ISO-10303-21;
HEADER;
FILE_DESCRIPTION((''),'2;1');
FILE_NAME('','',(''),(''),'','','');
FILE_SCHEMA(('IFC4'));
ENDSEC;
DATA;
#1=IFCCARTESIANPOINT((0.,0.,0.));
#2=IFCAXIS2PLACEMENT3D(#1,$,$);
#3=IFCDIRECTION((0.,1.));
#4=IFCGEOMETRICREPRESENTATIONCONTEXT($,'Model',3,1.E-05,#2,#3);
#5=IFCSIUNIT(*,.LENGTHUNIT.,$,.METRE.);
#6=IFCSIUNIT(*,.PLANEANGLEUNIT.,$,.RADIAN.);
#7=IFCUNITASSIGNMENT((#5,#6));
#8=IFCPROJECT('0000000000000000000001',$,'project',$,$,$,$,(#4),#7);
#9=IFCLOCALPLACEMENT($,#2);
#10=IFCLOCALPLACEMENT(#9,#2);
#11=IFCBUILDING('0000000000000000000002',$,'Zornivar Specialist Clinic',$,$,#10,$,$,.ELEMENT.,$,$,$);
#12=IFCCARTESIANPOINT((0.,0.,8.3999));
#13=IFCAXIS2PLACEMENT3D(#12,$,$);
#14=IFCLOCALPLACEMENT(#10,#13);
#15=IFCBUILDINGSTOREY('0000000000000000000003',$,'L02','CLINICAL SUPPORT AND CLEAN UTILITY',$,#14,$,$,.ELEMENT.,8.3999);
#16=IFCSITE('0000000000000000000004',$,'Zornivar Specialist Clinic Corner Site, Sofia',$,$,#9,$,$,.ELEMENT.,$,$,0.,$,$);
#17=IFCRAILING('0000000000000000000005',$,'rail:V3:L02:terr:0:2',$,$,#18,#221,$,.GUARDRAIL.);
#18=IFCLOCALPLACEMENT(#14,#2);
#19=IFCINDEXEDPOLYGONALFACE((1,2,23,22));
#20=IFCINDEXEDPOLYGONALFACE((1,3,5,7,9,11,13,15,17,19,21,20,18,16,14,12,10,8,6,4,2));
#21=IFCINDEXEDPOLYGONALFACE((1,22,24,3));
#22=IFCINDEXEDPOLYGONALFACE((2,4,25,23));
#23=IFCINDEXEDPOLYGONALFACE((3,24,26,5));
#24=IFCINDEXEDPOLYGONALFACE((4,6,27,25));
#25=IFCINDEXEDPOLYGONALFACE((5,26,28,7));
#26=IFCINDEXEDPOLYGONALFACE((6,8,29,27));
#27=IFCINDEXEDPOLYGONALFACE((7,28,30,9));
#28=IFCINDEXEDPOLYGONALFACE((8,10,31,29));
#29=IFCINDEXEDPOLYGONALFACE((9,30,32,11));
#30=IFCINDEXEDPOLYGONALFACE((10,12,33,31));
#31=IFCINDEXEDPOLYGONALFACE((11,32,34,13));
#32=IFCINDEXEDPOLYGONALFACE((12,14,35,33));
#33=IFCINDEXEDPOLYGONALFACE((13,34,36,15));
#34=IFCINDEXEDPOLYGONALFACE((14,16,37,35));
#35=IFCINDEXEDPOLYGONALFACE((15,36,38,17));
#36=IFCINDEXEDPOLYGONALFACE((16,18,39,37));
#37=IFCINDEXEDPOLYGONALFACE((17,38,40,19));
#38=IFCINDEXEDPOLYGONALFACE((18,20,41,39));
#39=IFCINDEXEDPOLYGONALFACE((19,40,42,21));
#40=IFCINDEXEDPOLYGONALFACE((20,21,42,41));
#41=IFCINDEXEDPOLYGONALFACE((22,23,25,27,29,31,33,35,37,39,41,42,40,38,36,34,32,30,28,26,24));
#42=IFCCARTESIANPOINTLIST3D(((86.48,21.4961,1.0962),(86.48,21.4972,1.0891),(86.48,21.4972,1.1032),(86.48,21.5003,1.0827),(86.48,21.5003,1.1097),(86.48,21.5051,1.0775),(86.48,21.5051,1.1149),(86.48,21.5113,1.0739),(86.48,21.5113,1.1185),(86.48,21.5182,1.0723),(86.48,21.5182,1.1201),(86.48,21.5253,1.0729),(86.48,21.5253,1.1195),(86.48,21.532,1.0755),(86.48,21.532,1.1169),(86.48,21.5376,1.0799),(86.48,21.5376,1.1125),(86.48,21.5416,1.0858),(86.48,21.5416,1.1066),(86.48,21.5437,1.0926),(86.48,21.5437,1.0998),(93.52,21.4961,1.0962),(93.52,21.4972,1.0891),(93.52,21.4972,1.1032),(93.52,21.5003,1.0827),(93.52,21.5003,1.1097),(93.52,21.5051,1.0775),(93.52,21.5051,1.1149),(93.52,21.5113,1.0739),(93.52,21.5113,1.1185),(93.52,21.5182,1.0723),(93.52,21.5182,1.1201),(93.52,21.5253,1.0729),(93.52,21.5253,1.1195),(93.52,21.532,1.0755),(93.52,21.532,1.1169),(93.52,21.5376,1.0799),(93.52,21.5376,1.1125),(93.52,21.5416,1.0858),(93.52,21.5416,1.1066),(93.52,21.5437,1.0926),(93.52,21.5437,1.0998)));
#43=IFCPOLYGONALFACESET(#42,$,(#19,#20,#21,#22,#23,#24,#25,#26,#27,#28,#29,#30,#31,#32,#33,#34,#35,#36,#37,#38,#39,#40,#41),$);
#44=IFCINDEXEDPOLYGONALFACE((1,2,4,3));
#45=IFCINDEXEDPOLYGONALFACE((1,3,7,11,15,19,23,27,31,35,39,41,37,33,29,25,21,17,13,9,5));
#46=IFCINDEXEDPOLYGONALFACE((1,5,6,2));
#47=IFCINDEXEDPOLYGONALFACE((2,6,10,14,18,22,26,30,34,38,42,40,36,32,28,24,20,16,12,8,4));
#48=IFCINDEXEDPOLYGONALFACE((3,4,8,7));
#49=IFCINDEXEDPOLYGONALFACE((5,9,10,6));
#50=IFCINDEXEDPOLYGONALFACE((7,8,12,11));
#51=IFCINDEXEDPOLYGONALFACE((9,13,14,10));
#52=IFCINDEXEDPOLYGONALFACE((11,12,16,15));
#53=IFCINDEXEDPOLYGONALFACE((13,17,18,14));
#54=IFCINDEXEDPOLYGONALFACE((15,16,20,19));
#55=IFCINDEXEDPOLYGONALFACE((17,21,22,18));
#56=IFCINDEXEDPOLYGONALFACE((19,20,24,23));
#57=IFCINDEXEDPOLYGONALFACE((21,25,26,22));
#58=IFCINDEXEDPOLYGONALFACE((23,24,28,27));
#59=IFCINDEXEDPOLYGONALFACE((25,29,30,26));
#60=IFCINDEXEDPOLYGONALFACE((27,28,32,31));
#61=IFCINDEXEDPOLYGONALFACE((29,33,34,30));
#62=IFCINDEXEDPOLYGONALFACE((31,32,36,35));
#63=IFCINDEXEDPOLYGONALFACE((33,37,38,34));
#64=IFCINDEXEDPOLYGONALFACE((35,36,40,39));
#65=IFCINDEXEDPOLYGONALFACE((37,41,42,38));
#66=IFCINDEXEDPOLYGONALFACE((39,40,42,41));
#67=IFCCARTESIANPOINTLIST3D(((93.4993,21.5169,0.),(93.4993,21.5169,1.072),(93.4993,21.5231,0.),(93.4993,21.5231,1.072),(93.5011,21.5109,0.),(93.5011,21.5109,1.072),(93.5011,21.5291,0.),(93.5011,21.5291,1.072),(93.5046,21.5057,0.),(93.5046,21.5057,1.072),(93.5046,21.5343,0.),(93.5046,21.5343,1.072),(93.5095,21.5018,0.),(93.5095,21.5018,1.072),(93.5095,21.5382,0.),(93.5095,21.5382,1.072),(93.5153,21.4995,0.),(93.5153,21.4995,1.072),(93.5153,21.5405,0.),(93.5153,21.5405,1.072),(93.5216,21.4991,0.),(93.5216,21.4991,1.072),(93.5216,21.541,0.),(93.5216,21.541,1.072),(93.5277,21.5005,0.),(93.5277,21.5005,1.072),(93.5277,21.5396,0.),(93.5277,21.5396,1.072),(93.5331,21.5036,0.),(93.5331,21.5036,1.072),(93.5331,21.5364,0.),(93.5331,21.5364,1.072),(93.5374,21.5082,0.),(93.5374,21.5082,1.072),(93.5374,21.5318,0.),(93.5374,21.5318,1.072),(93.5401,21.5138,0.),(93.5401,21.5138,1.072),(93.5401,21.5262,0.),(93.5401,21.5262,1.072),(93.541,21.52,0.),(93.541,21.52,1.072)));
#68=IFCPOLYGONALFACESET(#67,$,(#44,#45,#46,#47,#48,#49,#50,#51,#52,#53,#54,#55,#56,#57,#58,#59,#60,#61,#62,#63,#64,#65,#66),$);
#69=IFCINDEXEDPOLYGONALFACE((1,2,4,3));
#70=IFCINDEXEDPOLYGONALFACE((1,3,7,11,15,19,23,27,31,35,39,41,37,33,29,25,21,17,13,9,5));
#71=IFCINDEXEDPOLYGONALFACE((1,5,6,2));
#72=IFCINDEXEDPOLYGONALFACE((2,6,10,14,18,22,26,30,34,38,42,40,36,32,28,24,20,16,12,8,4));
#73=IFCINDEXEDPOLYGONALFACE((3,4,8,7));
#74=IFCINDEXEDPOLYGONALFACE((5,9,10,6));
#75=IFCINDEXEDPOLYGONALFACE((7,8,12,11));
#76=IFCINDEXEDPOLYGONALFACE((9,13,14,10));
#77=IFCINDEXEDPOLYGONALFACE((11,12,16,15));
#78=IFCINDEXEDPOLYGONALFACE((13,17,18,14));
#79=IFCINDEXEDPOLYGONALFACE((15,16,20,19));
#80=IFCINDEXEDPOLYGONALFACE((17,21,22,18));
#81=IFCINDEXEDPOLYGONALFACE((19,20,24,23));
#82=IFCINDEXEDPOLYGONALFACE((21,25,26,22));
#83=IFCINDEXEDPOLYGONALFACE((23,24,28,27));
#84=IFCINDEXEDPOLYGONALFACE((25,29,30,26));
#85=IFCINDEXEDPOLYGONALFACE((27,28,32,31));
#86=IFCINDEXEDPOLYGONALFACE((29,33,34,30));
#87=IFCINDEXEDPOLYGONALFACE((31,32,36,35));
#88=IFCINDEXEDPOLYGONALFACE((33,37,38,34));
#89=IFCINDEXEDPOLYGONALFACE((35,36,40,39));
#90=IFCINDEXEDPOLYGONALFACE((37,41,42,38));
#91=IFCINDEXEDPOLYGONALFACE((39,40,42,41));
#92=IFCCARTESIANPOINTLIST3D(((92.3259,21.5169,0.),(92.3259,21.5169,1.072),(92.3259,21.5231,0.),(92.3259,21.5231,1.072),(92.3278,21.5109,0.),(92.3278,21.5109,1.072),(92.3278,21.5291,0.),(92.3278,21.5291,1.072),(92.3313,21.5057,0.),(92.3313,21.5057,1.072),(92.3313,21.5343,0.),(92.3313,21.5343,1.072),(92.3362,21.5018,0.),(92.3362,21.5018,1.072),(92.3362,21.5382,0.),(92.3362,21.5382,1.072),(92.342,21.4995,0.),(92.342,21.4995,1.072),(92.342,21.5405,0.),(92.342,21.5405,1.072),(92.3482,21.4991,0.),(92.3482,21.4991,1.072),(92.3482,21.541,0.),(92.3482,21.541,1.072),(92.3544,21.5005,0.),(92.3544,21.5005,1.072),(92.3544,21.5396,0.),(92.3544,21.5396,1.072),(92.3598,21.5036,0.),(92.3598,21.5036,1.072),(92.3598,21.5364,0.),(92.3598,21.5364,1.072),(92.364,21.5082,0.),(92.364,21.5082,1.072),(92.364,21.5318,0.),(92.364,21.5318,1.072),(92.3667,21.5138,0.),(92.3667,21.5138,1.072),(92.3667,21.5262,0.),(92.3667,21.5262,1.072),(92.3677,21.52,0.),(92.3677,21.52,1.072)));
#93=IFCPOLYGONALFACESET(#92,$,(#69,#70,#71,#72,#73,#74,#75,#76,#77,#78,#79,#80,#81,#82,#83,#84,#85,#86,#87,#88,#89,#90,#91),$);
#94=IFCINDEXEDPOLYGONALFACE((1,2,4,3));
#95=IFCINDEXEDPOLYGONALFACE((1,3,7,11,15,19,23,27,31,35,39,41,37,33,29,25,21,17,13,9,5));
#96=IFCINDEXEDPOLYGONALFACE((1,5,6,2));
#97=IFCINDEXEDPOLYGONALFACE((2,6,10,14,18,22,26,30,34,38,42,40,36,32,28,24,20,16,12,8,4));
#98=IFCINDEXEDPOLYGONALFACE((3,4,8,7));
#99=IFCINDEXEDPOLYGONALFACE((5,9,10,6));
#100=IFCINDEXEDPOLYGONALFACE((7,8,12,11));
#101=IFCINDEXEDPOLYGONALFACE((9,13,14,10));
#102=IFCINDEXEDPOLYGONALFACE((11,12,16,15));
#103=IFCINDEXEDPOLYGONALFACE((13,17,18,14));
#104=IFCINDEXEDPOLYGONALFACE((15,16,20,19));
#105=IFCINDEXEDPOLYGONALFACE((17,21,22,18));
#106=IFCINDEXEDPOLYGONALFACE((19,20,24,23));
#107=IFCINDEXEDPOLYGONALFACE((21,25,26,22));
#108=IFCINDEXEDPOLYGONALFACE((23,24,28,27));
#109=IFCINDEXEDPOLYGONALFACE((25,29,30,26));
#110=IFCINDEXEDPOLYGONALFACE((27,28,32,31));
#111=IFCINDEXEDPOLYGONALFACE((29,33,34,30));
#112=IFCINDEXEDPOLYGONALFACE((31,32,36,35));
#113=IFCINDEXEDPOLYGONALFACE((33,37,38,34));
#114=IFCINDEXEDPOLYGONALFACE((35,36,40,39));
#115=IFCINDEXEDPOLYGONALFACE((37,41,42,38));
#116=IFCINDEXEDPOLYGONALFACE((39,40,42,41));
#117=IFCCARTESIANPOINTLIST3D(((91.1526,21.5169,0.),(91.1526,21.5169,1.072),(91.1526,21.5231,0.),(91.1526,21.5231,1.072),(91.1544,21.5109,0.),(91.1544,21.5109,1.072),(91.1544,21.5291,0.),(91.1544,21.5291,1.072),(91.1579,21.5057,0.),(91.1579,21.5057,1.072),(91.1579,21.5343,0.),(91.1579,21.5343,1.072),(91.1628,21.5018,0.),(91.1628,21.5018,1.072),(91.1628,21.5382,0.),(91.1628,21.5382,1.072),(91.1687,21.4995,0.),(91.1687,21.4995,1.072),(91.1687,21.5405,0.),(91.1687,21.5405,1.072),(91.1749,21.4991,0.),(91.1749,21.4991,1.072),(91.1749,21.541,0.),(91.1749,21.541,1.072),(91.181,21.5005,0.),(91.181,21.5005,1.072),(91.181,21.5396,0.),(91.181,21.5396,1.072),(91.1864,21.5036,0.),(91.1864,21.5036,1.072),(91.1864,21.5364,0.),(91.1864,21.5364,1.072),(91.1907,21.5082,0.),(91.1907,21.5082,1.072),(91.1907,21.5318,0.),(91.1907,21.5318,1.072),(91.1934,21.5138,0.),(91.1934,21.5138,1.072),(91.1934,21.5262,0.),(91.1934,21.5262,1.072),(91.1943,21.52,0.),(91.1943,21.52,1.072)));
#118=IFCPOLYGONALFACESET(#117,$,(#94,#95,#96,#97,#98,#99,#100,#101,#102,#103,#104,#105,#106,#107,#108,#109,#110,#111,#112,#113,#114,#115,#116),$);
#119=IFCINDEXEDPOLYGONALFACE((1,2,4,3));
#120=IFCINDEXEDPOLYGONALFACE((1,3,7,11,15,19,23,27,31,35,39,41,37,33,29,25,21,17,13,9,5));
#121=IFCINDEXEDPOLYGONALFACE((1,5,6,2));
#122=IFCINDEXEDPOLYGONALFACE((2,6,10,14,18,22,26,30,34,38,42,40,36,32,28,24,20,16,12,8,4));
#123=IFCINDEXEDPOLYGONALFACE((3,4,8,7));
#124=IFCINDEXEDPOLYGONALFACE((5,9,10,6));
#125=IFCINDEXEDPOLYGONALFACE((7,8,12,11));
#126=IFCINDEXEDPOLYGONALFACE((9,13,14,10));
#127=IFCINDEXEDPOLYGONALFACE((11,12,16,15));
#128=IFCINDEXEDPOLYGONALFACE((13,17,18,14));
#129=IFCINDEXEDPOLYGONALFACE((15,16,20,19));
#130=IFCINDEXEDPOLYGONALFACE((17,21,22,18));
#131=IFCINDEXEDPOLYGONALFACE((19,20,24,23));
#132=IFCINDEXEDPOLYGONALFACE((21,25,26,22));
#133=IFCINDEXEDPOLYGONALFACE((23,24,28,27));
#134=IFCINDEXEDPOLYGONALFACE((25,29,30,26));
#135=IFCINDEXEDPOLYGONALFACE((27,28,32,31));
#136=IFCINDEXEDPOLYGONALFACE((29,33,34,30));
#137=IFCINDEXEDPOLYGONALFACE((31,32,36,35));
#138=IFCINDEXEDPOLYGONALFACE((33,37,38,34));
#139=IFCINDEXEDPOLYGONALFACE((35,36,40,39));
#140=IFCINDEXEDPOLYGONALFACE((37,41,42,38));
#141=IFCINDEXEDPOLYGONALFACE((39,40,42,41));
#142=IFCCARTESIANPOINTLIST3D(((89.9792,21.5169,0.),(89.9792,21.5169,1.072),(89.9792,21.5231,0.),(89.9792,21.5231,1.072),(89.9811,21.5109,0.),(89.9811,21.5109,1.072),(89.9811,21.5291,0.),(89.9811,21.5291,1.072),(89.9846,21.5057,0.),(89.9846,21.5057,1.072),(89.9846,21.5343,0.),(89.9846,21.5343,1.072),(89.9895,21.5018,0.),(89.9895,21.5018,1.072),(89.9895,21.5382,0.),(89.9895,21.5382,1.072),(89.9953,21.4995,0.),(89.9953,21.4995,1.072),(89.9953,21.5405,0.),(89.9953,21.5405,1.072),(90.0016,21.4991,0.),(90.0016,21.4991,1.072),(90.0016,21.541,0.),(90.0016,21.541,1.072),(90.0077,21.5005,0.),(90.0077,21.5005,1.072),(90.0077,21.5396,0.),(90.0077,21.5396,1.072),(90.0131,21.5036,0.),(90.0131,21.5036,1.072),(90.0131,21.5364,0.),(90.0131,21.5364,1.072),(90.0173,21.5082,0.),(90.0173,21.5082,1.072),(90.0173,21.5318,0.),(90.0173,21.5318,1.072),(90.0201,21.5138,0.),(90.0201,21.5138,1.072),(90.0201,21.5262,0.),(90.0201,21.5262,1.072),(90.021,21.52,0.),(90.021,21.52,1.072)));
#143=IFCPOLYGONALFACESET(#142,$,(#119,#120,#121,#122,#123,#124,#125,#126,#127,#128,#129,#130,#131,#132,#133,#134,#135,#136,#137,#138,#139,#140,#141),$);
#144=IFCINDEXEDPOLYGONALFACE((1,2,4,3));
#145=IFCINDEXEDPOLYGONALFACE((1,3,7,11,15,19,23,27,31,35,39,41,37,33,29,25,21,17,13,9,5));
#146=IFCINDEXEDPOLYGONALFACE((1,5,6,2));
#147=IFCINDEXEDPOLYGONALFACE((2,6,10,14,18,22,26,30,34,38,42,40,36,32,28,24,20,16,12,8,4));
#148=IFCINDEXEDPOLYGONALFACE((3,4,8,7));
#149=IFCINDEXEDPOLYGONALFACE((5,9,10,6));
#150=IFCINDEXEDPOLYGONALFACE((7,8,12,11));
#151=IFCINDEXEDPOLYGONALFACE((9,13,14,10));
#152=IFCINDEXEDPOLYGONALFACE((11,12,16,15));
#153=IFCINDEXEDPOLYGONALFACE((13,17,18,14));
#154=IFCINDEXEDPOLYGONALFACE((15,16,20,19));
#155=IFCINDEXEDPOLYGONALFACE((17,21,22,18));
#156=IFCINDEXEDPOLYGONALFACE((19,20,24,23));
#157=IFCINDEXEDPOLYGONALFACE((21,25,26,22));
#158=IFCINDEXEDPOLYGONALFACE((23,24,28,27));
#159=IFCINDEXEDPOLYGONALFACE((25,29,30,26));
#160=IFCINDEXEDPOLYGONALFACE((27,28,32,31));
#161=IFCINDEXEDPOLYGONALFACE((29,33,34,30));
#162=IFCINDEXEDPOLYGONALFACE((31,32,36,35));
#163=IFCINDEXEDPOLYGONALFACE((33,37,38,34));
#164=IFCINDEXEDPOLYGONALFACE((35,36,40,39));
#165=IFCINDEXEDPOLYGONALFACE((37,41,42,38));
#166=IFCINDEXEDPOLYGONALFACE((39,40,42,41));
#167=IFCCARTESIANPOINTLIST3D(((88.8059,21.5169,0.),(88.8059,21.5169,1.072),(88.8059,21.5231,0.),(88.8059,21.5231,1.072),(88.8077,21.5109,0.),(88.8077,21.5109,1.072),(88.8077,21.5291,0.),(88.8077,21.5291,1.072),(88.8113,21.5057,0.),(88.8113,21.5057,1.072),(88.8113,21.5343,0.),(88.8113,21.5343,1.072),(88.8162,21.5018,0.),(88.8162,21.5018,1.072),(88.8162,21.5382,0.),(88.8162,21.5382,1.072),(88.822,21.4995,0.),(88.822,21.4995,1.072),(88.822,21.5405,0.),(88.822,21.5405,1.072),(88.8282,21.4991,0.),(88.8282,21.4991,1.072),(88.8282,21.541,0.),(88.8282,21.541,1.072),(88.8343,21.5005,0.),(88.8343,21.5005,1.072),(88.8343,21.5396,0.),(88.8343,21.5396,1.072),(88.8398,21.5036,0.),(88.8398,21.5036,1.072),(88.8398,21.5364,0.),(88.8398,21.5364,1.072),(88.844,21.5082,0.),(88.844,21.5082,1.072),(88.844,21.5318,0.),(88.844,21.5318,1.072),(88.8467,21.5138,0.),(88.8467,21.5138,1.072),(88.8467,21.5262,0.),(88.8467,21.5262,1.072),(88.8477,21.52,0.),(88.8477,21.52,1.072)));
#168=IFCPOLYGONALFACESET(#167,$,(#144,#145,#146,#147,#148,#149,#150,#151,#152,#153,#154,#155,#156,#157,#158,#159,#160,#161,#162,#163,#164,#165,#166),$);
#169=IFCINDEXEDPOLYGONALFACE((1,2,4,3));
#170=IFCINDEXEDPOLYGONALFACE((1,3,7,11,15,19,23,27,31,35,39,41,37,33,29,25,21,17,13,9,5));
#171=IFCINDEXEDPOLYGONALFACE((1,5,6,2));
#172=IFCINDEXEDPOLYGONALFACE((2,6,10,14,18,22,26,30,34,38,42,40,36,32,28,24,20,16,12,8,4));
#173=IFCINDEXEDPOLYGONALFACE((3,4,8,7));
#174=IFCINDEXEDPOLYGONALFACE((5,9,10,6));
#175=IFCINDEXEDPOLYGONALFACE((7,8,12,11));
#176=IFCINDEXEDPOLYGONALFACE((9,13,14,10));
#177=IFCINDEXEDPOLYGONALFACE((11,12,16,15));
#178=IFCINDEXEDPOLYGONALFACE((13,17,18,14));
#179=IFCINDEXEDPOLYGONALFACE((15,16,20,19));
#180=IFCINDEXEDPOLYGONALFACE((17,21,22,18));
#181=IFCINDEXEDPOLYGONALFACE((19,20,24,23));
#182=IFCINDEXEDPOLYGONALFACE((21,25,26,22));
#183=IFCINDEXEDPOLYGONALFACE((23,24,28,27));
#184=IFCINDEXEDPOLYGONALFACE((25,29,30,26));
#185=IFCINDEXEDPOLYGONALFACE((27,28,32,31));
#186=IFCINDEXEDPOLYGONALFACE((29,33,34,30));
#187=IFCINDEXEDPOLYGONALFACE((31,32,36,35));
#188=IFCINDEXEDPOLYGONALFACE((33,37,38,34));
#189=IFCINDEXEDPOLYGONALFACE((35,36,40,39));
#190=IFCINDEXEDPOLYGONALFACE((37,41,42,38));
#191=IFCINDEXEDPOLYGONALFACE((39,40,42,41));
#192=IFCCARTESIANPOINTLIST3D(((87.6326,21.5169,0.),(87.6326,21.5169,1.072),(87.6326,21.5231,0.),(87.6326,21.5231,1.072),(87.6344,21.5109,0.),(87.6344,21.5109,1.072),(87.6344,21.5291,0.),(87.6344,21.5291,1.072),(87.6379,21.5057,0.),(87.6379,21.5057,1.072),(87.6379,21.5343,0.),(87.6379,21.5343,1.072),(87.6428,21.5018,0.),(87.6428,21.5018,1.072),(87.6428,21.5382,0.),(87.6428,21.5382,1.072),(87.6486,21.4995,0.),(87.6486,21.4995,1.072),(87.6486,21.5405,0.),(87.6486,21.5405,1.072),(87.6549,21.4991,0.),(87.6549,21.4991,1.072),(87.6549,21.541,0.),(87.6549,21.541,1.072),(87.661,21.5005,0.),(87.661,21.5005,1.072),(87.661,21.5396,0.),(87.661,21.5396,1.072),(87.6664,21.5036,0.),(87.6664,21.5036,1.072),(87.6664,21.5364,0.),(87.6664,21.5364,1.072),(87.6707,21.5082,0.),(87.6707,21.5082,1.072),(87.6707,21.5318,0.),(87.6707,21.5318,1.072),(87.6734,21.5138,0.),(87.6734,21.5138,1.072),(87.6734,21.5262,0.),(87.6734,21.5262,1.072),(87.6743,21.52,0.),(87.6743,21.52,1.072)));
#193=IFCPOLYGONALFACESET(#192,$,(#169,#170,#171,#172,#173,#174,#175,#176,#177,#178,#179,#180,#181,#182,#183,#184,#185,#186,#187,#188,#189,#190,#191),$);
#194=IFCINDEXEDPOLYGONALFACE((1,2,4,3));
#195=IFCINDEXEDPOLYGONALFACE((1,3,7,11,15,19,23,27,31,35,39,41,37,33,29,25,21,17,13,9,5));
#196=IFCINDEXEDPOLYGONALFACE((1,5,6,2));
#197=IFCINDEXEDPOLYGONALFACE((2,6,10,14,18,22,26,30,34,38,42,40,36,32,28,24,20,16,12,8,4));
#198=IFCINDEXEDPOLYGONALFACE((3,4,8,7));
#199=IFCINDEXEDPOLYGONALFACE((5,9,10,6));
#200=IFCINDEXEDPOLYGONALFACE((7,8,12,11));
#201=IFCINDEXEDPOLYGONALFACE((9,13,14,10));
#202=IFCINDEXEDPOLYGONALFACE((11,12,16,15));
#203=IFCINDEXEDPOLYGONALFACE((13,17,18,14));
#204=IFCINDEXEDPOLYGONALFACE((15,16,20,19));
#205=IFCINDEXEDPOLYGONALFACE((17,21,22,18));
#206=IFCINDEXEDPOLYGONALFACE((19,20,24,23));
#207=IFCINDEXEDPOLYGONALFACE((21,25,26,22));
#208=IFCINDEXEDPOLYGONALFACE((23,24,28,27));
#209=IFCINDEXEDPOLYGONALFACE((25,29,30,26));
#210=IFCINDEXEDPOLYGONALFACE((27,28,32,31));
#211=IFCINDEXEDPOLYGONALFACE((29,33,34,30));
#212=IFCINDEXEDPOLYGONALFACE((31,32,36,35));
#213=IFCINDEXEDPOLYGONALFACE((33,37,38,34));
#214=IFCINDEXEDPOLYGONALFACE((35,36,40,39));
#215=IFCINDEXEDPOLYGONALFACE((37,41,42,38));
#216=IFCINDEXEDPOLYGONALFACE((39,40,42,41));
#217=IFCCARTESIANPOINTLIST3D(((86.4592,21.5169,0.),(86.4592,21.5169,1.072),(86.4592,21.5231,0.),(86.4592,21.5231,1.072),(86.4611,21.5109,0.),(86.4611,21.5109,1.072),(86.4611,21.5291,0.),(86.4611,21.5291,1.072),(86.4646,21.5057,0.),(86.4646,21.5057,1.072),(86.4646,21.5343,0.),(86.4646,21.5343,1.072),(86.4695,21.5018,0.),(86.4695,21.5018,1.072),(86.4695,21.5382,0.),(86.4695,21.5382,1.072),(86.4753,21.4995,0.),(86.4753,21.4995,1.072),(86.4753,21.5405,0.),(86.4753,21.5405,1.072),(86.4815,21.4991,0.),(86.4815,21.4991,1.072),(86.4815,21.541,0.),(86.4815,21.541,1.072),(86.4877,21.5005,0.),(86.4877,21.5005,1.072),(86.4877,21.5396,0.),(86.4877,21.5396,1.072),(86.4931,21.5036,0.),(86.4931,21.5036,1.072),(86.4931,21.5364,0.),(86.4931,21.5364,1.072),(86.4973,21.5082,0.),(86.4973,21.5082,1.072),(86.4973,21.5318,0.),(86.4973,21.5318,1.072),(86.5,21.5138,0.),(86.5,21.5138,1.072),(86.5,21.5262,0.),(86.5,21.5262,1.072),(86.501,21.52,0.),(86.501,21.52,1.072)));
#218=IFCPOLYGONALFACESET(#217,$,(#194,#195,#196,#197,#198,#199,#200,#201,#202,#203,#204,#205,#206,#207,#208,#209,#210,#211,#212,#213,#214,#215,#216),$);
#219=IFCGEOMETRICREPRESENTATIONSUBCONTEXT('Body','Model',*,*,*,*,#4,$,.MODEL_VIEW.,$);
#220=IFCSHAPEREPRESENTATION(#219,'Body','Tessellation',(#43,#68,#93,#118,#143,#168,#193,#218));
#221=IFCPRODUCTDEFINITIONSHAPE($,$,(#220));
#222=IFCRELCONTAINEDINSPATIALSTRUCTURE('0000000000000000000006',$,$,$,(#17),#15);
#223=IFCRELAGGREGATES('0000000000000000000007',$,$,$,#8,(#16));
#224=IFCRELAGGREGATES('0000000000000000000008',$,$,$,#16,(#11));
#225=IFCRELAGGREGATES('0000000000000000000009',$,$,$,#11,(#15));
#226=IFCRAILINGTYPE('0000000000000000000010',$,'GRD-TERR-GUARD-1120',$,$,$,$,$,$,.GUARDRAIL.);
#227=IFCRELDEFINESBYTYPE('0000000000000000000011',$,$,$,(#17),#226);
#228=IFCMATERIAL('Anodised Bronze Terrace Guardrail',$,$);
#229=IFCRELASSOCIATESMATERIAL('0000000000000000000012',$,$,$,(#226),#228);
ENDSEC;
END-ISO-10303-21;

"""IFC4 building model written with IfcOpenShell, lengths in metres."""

from ifc_helpers import new_model, si_unit, direction, frame, origin, origin_2d, place, context, subcontext, project, spatial, circle, extrude, material, type_object, element, save


model = new_model("IFC4")

# Units and contexts
model_context = context("Model", 3, precision=1e-05, world=origin(), true_north=direction((0.0, 1.0)))
body_context = subcontext(model_context, "Body", "Model", "MODEL_VIEW")
ifc_project = project(units=[si_unit("LENGTHUNIT", "METRE"), si_unit("PLANEANGLEUNIT", "RADIAN")], contexts=[model_context])

# Site, building, storey
site_placement = place(None, origin())
site = spatial("IfcSite", under=ifc_project, at=site_placement, Name="Zornivar Specialist Clinic Corner Site, Sofia", CompositionType="ELEMENT", RefElevation=0.0)
building_placement = place(site_placement, origin())
building = spatial("IfcBuilding", under=site, at=building_placement, Name="Zornivar Specialist Clinic", CompositionType="ELEMENT")
storey_placement = place(building_placement, frame((0.0, 0.0, 8.3999)))
storey = spatial("IfcBuildingStorey", under=building, at=storey_placement, Name="L02", Description="CLINICAL SUPPORT AND CLEAN UTILITY", CompositionType="ELEMENT", Elevation=8.3999)

# Railing
ifc_material_1 = material(Name="Anodised Bronze Terrace Guardrail")
railing_type = type_object("IfcRailingType", Name="GRD-TERR-GUARD-1120", PredefinedType="GUARDRAIL", material=ifc_material_1)
railing_1_placement = place(storey_placement, frame((93.52, 21.52, 0.0)))
element("IfcRailing", 1, at=railing_1_placement, inside=storey, type_object=railing_type, Name="rail:V3:L02:terr:0:2", PredefinedType="GUARDRAIL", context=body_context, shape_type="SweptSolid", body=[
    extrude(circle(Radius=0.0239, at=origin_2d()), frame((0.0, 0.0, 1.0962), z_axis=(-1.0, 0.0, 0.0), x_axis=(0.0, -1.0, 0.0)), (0.0, 0.0, 1.0), 7.04),
    extrude(circle(Radius=0.021, at=origin_2d()), origin(), (0.0, 0.0, 1.0), 1.072),
    extrude(circle(Radius=0.021, at=origin_2d()), frame((-1.1733, 0.0, 0.0)), (0.0, 0.0, 1.0), 1.072),
    extrude(circle(Radius=0.021, at=origin_2d()), frame((-2.3467, 0.0, 0.0)), (0.0, 0.0, 1.0), 1.072),
    extrude(circle(Radius=0.021, at=origin_2d()), frame((-3.52, 0.0, 0.0)), (0.0, 0.0, 1.0), 1.072),
    extrude(circle(Radius=0.021, at=origin_2d()), frame((-4.6934, 0.0, 0.0)), (0.0, 0.0, 1.0), 1.072),
    extrude(circle(Radius=0.021, at=origin_2d()), frame((-5.8667, 0.0, 0.0)), (0.0, 0.0, 1.0), 1.072),
    extrude(circle(Radius=0.021, at=origin_2d()), frame((-7.04, 0.0, 0.0)), (0.0, 0.0, 1.0), 1.072),
])

save(model, "model.ifc")
